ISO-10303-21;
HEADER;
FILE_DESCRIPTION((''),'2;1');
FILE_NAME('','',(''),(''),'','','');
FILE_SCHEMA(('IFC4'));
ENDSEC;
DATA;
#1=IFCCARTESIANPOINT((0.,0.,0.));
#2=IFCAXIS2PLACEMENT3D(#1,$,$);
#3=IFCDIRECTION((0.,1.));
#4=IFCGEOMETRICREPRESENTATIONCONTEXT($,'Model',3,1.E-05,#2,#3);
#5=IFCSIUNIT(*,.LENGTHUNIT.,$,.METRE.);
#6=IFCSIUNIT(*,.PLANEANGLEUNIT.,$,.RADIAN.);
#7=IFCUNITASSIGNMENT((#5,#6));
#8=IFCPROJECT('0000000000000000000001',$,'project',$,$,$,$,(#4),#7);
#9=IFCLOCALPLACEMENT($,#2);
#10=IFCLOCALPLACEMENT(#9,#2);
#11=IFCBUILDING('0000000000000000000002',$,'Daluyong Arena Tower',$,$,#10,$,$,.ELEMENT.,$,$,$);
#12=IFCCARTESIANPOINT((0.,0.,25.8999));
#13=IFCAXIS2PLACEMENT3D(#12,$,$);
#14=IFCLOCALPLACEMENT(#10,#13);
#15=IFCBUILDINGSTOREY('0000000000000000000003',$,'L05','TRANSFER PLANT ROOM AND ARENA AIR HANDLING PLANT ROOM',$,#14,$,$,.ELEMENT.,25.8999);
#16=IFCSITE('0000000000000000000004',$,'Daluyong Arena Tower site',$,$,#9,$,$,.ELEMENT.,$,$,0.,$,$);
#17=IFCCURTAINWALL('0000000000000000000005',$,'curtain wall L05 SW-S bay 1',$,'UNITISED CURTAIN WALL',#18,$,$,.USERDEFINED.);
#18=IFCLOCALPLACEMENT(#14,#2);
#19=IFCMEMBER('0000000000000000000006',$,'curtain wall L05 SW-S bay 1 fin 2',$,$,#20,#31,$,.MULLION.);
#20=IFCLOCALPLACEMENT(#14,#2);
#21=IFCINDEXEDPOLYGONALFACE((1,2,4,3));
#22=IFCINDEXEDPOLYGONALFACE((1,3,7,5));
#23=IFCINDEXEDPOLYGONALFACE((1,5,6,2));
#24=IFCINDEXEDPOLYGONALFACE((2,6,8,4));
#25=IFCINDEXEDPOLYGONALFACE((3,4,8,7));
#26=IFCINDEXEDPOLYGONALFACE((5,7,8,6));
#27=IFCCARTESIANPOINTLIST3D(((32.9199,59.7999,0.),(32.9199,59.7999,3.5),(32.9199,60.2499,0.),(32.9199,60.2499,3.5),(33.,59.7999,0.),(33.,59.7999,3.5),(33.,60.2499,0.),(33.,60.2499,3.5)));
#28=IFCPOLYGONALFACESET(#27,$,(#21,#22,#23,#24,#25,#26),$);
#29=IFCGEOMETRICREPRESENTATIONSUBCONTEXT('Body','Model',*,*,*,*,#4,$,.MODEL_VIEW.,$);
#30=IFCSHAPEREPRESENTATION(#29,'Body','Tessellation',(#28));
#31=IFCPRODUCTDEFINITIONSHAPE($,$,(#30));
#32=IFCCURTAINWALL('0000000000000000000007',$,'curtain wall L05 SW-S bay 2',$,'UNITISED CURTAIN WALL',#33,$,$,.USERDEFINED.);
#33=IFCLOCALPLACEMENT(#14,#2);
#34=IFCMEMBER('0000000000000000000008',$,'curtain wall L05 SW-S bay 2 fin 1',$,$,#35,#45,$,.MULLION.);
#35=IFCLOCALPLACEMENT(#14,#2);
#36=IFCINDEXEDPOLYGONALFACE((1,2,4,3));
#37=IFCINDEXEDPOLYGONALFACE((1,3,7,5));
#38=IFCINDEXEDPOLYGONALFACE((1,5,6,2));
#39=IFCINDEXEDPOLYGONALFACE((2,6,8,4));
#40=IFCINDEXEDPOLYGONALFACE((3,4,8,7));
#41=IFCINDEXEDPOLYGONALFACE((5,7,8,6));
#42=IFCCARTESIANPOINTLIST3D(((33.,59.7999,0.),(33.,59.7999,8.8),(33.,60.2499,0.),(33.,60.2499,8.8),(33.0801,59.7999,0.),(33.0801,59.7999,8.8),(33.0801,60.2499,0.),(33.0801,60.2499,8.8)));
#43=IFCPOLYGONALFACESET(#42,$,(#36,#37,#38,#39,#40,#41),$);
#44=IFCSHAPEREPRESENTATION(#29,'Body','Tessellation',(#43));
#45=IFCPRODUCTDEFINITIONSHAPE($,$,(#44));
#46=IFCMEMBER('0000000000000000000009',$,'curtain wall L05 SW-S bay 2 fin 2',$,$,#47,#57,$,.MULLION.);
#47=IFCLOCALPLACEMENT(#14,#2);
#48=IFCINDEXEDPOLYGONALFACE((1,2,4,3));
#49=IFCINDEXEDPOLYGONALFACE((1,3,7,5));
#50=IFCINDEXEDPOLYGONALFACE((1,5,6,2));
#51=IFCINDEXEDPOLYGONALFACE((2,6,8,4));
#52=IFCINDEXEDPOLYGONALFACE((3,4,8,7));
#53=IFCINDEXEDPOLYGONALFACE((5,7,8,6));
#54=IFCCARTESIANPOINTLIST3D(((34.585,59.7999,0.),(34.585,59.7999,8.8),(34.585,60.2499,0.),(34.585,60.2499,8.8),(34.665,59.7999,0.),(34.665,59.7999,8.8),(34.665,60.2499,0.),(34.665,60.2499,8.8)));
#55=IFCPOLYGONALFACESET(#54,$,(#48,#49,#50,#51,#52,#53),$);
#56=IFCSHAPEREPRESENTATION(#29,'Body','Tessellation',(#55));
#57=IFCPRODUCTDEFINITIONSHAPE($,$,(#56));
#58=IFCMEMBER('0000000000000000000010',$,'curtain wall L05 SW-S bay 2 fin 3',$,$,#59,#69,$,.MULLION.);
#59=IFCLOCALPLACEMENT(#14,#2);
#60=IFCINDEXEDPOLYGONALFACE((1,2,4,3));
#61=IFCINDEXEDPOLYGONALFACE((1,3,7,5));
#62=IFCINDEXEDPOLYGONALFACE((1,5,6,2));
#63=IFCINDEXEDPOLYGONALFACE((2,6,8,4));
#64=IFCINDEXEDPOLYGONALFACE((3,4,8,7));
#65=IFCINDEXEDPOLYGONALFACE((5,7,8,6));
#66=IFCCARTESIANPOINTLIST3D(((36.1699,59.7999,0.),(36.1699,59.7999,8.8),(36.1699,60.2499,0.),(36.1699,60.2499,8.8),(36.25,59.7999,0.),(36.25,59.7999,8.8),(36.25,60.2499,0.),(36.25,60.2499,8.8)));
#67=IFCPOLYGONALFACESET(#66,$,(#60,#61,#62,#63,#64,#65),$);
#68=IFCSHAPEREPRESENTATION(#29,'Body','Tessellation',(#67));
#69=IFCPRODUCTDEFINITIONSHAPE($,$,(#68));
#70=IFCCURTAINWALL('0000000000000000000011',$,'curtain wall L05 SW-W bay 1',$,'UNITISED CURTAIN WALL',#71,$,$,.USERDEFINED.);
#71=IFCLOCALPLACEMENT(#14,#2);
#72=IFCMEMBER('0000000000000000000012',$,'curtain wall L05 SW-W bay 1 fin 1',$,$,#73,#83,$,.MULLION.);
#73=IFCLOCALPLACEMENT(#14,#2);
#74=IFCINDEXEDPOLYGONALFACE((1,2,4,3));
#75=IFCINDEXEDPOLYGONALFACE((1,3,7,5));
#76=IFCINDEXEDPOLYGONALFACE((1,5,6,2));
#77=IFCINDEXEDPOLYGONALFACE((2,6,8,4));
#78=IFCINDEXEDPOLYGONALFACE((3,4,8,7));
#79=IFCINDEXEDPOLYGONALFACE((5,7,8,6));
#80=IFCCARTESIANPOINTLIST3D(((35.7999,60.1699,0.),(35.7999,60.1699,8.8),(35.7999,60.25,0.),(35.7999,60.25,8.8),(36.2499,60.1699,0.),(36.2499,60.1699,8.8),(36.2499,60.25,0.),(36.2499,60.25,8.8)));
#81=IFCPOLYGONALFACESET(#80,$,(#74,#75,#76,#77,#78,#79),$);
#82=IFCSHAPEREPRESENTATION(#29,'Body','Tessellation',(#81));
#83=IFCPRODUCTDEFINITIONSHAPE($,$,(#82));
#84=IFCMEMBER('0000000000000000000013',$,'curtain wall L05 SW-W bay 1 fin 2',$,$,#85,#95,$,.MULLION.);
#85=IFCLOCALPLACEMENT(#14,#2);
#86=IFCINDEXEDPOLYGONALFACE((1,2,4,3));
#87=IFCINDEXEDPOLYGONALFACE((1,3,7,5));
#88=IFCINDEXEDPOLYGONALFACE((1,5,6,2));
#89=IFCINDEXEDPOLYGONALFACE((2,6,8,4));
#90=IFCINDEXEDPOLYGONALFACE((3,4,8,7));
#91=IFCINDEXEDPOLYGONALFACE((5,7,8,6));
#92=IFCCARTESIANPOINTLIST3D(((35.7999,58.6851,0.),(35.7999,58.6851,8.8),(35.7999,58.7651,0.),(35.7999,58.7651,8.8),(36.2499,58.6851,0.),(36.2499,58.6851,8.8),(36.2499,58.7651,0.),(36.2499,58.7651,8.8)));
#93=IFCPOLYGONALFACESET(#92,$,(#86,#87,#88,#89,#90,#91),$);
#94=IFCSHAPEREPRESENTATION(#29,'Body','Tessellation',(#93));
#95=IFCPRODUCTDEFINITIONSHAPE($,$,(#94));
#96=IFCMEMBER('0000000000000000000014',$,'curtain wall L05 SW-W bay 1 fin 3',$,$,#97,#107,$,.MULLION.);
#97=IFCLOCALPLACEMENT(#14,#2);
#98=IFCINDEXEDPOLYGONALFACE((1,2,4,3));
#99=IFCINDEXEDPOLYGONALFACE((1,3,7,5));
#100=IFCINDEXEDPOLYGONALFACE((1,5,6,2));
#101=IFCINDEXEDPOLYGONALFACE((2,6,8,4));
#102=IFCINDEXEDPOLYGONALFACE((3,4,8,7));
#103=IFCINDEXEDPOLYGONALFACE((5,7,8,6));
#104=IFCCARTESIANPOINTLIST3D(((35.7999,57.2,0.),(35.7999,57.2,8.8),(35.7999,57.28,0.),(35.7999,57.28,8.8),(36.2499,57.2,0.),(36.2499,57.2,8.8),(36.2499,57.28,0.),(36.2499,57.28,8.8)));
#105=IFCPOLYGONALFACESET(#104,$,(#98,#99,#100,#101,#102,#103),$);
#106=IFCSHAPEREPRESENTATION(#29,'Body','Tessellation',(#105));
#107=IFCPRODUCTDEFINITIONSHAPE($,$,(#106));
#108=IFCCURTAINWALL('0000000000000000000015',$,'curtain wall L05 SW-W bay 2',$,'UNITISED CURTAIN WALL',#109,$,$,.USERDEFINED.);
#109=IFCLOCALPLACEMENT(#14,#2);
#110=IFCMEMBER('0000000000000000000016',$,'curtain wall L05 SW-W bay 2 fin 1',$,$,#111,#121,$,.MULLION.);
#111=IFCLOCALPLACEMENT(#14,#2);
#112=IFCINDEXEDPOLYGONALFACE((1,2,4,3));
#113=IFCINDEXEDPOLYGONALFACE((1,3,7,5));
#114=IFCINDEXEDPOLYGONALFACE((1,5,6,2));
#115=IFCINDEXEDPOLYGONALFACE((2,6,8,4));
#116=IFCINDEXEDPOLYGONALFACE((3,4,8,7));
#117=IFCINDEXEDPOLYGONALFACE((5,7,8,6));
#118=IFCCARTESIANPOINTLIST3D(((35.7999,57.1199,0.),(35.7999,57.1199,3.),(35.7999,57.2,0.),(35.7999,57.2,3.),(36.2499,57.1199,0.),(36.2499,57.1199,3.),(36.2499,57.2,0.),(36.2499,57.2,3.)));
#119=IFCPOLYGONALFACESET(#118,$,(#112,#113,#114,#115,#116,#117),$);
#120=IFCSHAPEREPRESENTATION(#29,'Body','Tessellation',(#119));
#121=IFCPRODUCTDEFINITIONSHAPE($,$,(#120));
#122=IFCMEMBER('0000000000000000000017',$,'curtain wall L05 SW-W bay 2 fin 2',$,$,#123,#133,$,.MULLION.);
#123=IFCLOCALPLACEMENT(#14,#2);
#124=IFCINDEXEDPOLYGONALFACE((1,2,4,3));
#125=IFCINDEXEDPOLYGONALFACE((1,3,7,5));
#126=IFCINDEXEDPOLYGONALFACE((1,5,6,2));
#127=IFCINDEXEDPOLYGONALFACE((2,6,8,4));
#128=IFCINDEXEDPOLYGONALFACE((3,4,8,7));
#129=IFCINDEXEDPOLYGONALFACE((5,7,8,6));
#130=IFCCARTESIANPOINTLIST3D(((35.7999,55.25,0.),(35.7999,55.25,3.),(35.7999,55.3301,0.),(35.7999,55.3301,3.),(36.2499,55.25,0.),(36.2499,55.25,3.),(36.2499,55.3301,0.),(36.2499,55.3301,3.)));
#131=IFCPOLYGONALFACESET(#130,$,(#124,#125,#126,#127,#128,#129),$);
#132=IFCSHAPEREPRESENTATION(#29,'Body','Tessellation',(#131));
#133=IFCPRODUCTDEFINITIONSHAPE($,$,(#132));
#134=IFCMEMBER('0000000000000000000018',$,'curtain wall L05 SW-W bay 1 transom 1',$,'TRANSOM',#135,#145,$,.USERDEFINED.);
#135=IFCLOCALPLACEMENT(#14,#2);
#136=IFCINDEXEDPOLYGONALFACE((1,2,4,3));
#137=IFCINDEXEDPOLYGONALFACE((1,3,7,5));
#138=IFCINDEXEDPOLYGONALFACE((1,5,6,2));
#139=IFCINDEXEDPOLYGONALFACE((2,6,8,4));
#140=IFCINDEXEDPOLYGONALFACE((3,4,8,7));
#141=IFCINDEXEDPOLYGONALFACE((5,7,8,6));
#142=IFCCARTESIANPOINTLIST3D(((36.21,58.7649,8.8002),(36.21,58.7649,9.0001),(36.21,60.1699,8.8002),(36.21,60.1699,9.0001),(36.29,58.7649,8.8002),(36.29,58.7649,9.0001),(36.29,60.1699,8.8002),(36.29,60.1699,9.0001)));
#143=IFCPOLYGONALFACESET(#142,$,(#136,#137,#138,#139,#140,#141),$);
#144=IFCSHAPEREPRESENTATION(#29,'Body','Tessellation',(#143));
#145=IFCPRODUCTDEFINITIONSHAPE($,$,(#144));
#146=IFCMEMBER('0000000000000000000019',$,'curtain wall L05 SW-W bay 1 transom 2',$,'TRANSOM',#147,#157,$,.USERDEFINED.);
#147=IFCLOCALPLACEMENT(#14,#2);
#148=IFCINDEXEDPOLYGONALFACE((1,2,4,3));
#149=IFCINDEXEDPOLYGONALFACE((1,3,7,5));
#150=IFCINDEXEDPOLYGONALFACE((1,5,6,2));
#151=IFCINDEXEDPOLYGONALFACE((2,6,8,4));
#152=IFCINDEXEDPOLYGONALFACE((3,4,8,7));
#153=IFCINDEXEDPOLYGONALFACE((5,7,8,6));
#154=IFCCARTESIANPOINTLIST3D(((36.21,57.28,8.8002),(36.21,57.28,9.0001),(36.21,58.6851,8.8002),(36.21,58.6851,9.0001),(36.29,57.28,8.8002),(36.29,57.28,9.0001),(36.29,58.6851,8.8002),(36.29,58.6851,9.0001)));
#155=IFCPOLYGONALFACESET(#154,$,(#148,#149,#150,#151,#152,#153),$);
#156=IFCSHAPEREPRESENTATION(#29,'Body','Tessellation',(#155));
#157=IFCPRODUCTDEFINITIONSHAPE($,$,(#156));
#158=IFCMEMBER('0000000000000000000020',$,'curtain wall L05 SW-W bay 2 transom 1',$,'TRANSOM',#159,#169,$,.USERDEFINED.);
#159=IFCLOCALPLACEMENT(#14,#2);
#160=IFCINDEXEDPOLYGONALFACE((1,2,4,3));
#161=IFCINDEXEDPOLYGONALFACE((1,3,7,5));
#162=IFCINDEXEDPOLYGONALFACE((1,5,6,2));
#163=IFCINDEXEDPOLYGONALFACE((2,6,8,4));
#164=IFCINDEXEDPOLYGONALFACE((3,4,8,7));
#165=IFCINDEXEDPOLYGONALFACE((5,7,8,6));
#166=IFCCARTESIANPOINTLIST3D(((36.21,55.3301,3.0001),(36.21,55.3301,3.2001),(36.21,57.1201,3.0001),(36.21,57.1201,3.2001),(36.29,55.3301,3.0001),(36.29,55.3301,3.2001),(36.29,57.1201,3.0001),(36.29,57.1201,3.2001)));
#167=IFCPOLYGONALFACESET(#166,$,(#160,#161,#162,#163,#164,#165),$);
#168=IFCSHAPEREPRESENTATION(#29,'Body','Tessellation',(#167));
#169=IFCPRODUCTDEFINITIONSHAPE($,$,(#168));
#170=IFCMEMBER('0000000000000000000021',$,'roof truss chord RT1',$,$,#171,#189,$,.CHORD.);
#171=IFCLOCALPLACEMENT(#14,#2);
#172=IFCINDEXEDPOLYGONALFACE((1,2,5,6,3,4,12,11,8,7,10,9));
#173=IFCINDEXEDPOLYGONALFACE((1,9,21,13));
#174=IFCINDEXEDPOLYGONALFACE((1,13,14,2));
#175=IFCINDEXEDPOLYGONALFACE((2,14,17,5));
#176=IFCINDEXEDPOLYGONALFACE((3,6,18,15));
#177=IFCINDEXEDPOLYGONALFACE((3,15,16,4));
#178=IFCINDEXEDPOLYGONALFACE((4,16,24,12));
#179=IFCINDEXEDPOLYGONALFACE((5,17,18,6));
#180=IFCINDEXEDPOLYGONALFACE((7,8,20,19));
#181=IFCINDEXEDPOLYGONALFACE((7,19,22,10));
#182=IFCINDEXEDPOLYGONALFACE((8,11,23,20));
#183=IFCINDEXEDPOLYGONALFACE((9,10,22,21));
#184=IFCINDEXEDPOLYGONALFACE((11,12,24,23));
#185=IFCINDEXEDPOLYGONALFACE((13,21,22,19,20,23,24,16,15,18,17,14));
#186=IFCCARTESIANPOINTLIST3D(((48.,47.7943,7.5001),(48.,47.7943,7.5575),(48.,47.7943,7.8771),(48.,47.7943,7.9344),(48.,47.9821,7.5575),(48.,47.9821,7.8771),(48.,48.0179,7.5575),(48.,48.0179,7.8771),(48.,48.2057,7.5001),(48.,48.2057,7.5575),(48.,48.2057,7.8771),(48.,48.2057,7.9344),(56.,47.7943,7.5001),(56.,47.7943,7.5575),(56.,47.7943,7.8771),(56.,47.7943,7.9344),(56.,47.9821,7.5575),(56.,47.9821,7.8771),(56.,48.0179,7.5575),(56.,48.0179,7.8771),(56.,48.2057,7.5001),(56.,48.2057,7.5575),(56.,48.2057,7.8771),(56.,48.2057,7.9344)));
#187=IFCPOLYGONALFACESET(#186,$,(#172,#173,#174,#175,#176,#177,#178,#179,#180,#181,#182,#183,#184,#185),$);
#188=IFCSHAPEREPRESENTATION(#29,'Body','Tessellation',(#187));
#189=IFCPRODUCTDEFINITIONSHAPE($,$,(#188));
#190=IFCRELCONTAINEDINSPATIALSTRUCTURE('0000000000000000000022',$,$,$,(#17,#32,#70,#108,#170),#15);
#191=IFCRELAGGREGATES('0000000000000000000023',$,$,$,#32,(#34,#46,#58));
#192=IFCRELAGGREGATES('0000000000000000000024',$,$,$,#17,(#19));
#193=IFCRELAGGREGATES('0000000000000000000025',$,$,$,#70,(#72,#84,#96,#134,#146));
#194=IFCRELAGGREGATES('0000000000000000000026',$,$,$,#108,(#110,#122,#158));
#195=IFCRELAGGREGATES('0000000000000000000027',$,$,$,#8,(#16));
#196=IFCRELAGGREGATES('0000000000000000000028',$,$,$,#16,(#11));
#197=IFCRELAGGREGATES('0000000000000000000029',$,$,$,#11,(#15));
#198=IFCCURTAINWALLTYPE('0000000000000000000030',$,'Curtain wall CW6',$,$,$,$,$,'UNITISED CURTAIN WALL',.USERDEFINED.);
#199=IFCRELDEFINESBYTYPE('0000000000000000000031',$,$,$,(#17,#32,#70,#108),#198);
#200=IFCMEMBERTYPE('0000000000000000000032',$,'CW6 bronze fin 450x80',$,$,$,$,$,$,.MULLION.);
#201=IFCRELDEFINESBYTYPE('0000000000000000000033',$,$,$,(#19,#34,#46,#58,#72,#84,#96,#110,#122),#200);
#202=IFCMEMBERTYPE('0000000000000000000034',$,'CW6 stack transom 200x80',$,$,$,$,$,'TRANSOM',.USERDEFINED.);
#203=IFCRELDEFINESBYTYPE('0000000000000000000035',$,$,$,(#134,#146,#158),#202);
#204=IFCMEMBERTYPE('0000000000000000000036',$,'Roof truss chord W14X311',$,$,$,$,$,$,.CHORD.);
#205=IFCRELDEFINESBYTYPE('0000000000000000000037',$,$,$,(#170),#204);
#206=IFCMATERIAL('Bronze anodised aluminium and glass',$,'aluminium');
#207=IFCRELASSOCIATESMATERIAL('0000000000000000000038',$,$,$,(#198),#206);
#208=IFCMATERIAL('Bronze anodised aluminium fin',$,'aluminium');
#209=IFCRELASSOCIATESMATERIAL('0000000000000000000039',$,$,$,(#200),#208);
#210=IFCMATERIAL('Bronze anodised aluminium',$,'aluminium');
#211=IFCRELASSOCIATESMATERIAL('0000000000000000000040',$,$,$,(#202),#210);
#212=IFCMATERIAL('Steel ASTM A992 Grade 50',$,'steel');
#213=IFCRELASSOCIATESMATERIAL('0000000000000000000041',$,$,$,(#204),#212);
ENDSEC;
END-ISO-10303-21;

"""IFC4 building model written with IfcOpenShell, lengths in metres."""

from ifc_helpers import new_model, si_unit, direction, frame, origin, origin_2d, place, context, subcontext, project, spatial, rectangle, i_section, extrude, material, material_profile, profile_set, type_object, element, aggregate, save


model = new_model("IFC4")

# Units and contexts
model_context = context("Model", 3, precision=1e-05, world=origin(), true_north=direction((0.0, 1.0)))
body_context = subcontext(model_context, "Body", "Model", "MODEL_VIEW")
ifc_project = project(units=[si_unit("LENGTHUNIT", "METRE"), si_unit("PLANEANGLEUNIT", "RADIAN")], contexts=[model_context])

# Site, building, storey
site_placement = place(None, origin())
site = spatial("IfcSite", under=ifc_project, at=site_placement, Name="Daluyong Arena Tower site", CompositionType="ELEMENT", RefElevation=0.0)
building_placement = place(site_placement, origin())
building = spatial("IfcBuilding", under=site, at=building_placement, Name="Daluyong Arena Tower", CompositionType="ELEMENT")
storey_placement = place(building_placement, frame((0.0, 0.0, 25.8999)))
storey = spatial("IfcBuildingStorey", under=building, at=storey_placement, Name="L05", Description="TRANSFER PLANT ROOM AND ARENA AIR HANDLING PLANT ROOM", CompositionType="ELEMENT", Elevation=25.8999)

# Curtain wall, member
ifc_material_1 = material(Name="Bronze anodised aluminium and glass", Category="aluminium")
curtain_wall_type = type_object("IfcCurtainWallType", Name="Curtain wall CW6", ElementType="UNITISED CURTAIN WALL", PredefinedType="USERDEFINED", material=ifc_material_1)
curtain_wall_1_placement = place(storey_placement, origin())
curtain_wall_1 = element("IfcCurtainWall", 1, at=curtain_wall_1_placement, inside=storey, type_object=curtain_wall_type, Name="curtain wall L05 SW-S bay 1", ObjectType="UNITISED CURTAIN WALL", PredefinedType="USERDEFINED")
ifc_material_2 = material(Name="Bronze anodised aluminium fin", Category="aluminium")
ifc_material_profile_1 = material_profile(ifc_material_2, rectangle(XDim=0.45, YDim=0.0801, at=origin_2d()))
ifc_profile_set_1 = profile_set([ifc_material_profile_1], Name="Bronze anodised aluminium fin")
member_type_1 = type_object("IfcMemberType", Name="CW6 bronze fin 450x80", PredefinedType="MULLION", material=ifc_profile_set_1)
member_1_placement = place(storey_placement, frame((32.96, 60.0249, 0.0), z_axis=(0.0, 0.0, 1.0), x_axis=(0.0, 1.0, 0.0)))
member_1 = element("IfcMember", 2, at=member_1_placement, type_object=member_type_1, Name="curtain wall L05 SW-S bay 1 fin 2", PredefinedType="MULLION", context=body_context, shape_type="SweptSolid", body=[
    extrude(rectangle(XDim=0.45, YDim=0.0801, at=origin_2d()), origin(), (0.0, 0.0, 1.0), 3.5),
])

# Curtain walls, members
curtain_wall_2_placement = place(storey_placement, origin())
curtain_wall_2 = element("IfcCurtainWall", 3, at=curtain_wall_2_placement, inside=storey, type_object=curtain_wall_type, Name="curtain wall L05 SW-S bay 2", ObjectType="UNITISED CURTAIN WALL", PredefinedType="USERDEFINED")
member_2_placement = place(storey_placement, frame((33.04, 60.0249, 0.0), z_axis=(0.0, 0.0, 1.0), x_axis=(0.0, 1.0, 0.0)))
member_2 = element("IfcMember", 4, at=member_2_placement, type_object=member_type_1, Name="curtain wall L05 SW-S bay 2 fin 1", PredefinedType="MULLION", context=body_context, shape_type="SweptSolid", body=[
    extrude(rectangle(XDim=0.45, YDim=0.0801, at=origin_2d()), origin(), (0.0, 0.0, 1.0), 8.8),
])
member_3_placement = place(storey_placement, frame((34.625, 60.0249, 0.0), z_axis=(0.0, 0.0, 1.0), x_axis=(0.0, 1.0, 0.0)))
member_3 = element("IfcMember", 5, at=member_3_placement, type_object=member_type_1, Name="curtain wall L05 SW-S bay 2 fin 2", PredefinedType="MULLION", context=body_context, shape_type="SweptSolid", body=[
    extrude(rectangle(XDim=0.45, YDim=0.0801, at=origin_2d()), origin(), (0.0, 0.0, 1.0), 8.8),
])
member_4_placement = place(storey_placement, frame((36.21, 60.0249, 0.0), z_axis=(0.0, 0.0, 1.0), x_axis=(0.0, 1.0, 0.0)))
member_4 = element("IfcMember", 6, at=member_4_placement, type_object=member_type_1, Name="curtain wall L05 SW-S bay 2 fin 3", PredefinedType="MULLION", context=body_context, shape_type="SweptSolid", body=[
    extrude(rectangle(XDim=0.45, YDim=0.0801, at=origin_2d()), origin(), (0.0, 0.0, 1.0), 8.8),
])
aggregate(curtain_wall_2, [member_2, member_3, member_4])
curtain_wall_3_placement = place(storey_placement, origin())
curtain_wall_3 = element("IfcCurtainWall", 7, at=curtain_wall_3_placement, inside=storey, type_object=curtain_wall_type, Name="curtain wall L05 SW-W bay 1", ObjectType="UNITISED CURTAIN WALL", PredefinedType="USERDEFINED")
member_5_placement = place(storey_placement, frame((36.0249, 60.21, 0.0), z_axis=(0.0, 0.0, 1.0), x_axis=(1.0, 0.0, 0.0)))
member_5 = element("IfcMember", 8, at=member_5_placement, type_object=member_type_1, Name="curtain wall L05 SW-W bay 1 fin 1", PredefinedType="MULLION", context=body_context, shape_type="SweptSolid", body=[
    extrude(rectangle(XDim=0.45, YDim=0.0801, at=origin_2d()), origin(), (0.0, 0.0, 1.0), 8.8),
])
member_6_placement = place(storey_placement, frame((36.0249, 58.7251, 0.0), z_axis=(0.0, 0.0, 1.0), x_axis=(1.0, 0.0, 0.0)))
member_6 = element("IfcMember", 9, at=member_6_placement, type_object=member_type_1, Name="curtain wall L05 SW-W bay 1 fin 2", PredefinedType="MULLION", context=body_context, shape_type="SweptSolid", body=[
    extrude(rectangle(XDim=0.45, YDim=0.0801, at=origin_2d()), origin(), (0.0, 0.0, 1.0), 8.8),
])
member_7_placement = place(storey_placement, frame((36.0249, 57.24, 0.0), z_axis=(0.0, 0.0, 1.0), x_axis=(1.0, 0.0, 0.0)))
member_7 = element("IfcMember", 10, at=member_7_placement, type_object=member_type_1, Name="curtain wall L05 SW-W bay 1 fin 3", PredefinedType="MULLION", context=body_context, shape_type="SweptSolid", body=[
    extrude(rectangle(XDim=0.45, YDim=0.0801, at=origin_2d()), origin(), (0.0, 0.0, 1.0), 8.8),
])
curtain_wall_4_placement = place(storey_placement, origin())
curtain_wall_4 = element("IfcCurtainWall", 11, at=curtain_wall_4_placement, inside=storey, type_object=curtain_wall_type, Name="curtain wall L05 SW-W bay 2", ObjectType="UNITISED CURTAIN WALL", PredefinedType="USERDEFINED")
member_8_placement = place(storey_placement, frame((36.0249, 57.1599, 0.0), z_axis=(0.0, 0.0, 1.0), x_axis=(1.0, 0.0, 0.0)))
member_8 = element("IfcMember", 12, at=member_8_placement, type_object=member_type_1, Name="curtain wall L05 SW-W bay 2 fin 1", PredefinedType="MULLION", context=body_context, shape_type="SweptSolid", body=[
    extrude(rectangle(XDim=0.45, YDim=0.0801, at=origin_2d()), origin(), (0.0, 0.0, 1.0), 3.0),
])
member_9_placement = place(storey_placement, frame((36.0249, 55.29, 0.0), z_axis=(0.0, 0.0, 1.0), x_axis=(1.0, 0.0, 0.0)))
member_9 = element("IfcMember", 13, at=member_9_placement, type_object=member_type_1, Name="curtain wall L05 SW-W bay 2 fin 2", PredefinedType="MULLION", context=body_context, shape_type="SweptSolid", body=[
    extrude(rectangle(XDim=0.45, YDim=0.0801, at=origin_2d()), origin(), (0.0, 0.0, 1.0), 3.0),
])

# Members
ifc_material_3 = material(Name="Bronze anodised aluminium", Category="aluminium")
ifc_material_profile_2 = material_profile(ifc_material_3, rectangle(XDim=0.0801, YDim=0.2, at=origin_2d()))
ifc_profile_set_2 = profile_set([ifc_material_profile_2], Name="Bronze anodised aluminium")
member_type_2 = type_object("IfcMemberType", Name="CW6 stack transom 200x80", ElementType="TRANSOM", PredefinedType="USERDEFINED", material=ifc_profile_set_2)
member_10_placement = place(storey_placement, frame((36.25, 60.1699, 8.9001), z_axis=(0.0, -1.0, 0.0), x_axis=(1.0, 0.0, 0.0)))
member_10 = element("IfcMember", 14, at=member_10_placement, type_object=member_type_2, Name="curtain wall L05 SW-W bay 1 transom 1", ObjectType="TRANSOM", PredefinedType="USERDEFINED", context=body_context, shape_type="SweptSolid", body=[
    extrude(rectangle(XDim=0.0801, YDim=0.2, at=origin_2d()), origin(), (0.0, 0.0, 1.0), 1.405),
])
member_11_placement = place(storey_placement, frame((36.25, 58.6851, 8.9001), z_axis=(0.0, -1.0, 0.0), x_axis=(1.0, 0.0, 0.0)))
member_11 = element("IfcMember", 15, at=member_11_placement, type_object=member_type_2, Name="curtain wall L05 SW-W bay 1 transom 2", ObjectType="TRANSOM", PredefinedType="USERDEFINED", context=body_context, shape_type="SweptSolid", body=[
    extrude(rectangle(XDim=0.0801, YDim=0.2, at=origin_2d()), origin(), (0.0, 0.0, 1.0), 1.405),
])
member_12_placement = place(storey_placement, frame((36.25, 57.1201, 3.1001), z_axis=(0.0, -1.0, 0.0), x_axis=(1.0, 0.0, 0.0)))
member_12 = element("IfcMember", 16, at=member_12_placement, type_object=member_type_2, Name="curtain wall L05 SW-W bay 2 transom 1", ObjectType="TRANSOM", PredefinedType="USERDEFINED", context=body_context, shape_type="SweptSolid", body=[
    extrude(rectangle(XDim=0.0801, YDim=0.2, at=origin_2d()), origin(), (0.0, 0.0, 1.0), 1.79),
])

# Member
ifc_material_4 = material(Name="Steel ASTM A992 Grade 50", Category="steel")
ifc_material_profile_3 = material_profile(ifc_material_4, i_section(OverallWidth=0.4114, OverallDepth=0.4343, WebThickness=0.0359, FlangeThickness=0.0574, at=origin_2d()))
ifc_profile_set_3 = profile_set([ifc_material_profile_3], Name="Steel ASTM A992 Grade 50")
member_type_3 = type_object("IfcMemberType", Name="Roof truss chord W14X311", PredefinedType="CHORD", material=ifc_profile_set_3)
member_13_placement = place(storey_placement, frame((48.0, 48.0, 7.7173), z_axis=(1.0, 0.0, 0.0), x_axis=(0.0, 1.0, 0.0)))
element("IfcMember", 17, at=member_13_placement, inside=storey, type_object=member_type_3, Name="roof truss chord RT1", PredefinedType="CHORD", context=body_context, shape_type="SweptSolid", body=[
    extrude(i_section(OverallWidth=0.4114, OverallDepth=0.4343, WebThickness=0.0359, FlangeThickness=0.0574, at=origin_2d()), origin(), (0.0, 0.0, 1.0), 8.0),
])

aggregate(curtain_wall_1, [member_1])
aggregate(curtain_wall_3, [member_5, member_6, member_7, member_10, member_11])
aggregate(curtain_wall_4, [member_8, member_9, member_12])

save(model, "model.ifc")
